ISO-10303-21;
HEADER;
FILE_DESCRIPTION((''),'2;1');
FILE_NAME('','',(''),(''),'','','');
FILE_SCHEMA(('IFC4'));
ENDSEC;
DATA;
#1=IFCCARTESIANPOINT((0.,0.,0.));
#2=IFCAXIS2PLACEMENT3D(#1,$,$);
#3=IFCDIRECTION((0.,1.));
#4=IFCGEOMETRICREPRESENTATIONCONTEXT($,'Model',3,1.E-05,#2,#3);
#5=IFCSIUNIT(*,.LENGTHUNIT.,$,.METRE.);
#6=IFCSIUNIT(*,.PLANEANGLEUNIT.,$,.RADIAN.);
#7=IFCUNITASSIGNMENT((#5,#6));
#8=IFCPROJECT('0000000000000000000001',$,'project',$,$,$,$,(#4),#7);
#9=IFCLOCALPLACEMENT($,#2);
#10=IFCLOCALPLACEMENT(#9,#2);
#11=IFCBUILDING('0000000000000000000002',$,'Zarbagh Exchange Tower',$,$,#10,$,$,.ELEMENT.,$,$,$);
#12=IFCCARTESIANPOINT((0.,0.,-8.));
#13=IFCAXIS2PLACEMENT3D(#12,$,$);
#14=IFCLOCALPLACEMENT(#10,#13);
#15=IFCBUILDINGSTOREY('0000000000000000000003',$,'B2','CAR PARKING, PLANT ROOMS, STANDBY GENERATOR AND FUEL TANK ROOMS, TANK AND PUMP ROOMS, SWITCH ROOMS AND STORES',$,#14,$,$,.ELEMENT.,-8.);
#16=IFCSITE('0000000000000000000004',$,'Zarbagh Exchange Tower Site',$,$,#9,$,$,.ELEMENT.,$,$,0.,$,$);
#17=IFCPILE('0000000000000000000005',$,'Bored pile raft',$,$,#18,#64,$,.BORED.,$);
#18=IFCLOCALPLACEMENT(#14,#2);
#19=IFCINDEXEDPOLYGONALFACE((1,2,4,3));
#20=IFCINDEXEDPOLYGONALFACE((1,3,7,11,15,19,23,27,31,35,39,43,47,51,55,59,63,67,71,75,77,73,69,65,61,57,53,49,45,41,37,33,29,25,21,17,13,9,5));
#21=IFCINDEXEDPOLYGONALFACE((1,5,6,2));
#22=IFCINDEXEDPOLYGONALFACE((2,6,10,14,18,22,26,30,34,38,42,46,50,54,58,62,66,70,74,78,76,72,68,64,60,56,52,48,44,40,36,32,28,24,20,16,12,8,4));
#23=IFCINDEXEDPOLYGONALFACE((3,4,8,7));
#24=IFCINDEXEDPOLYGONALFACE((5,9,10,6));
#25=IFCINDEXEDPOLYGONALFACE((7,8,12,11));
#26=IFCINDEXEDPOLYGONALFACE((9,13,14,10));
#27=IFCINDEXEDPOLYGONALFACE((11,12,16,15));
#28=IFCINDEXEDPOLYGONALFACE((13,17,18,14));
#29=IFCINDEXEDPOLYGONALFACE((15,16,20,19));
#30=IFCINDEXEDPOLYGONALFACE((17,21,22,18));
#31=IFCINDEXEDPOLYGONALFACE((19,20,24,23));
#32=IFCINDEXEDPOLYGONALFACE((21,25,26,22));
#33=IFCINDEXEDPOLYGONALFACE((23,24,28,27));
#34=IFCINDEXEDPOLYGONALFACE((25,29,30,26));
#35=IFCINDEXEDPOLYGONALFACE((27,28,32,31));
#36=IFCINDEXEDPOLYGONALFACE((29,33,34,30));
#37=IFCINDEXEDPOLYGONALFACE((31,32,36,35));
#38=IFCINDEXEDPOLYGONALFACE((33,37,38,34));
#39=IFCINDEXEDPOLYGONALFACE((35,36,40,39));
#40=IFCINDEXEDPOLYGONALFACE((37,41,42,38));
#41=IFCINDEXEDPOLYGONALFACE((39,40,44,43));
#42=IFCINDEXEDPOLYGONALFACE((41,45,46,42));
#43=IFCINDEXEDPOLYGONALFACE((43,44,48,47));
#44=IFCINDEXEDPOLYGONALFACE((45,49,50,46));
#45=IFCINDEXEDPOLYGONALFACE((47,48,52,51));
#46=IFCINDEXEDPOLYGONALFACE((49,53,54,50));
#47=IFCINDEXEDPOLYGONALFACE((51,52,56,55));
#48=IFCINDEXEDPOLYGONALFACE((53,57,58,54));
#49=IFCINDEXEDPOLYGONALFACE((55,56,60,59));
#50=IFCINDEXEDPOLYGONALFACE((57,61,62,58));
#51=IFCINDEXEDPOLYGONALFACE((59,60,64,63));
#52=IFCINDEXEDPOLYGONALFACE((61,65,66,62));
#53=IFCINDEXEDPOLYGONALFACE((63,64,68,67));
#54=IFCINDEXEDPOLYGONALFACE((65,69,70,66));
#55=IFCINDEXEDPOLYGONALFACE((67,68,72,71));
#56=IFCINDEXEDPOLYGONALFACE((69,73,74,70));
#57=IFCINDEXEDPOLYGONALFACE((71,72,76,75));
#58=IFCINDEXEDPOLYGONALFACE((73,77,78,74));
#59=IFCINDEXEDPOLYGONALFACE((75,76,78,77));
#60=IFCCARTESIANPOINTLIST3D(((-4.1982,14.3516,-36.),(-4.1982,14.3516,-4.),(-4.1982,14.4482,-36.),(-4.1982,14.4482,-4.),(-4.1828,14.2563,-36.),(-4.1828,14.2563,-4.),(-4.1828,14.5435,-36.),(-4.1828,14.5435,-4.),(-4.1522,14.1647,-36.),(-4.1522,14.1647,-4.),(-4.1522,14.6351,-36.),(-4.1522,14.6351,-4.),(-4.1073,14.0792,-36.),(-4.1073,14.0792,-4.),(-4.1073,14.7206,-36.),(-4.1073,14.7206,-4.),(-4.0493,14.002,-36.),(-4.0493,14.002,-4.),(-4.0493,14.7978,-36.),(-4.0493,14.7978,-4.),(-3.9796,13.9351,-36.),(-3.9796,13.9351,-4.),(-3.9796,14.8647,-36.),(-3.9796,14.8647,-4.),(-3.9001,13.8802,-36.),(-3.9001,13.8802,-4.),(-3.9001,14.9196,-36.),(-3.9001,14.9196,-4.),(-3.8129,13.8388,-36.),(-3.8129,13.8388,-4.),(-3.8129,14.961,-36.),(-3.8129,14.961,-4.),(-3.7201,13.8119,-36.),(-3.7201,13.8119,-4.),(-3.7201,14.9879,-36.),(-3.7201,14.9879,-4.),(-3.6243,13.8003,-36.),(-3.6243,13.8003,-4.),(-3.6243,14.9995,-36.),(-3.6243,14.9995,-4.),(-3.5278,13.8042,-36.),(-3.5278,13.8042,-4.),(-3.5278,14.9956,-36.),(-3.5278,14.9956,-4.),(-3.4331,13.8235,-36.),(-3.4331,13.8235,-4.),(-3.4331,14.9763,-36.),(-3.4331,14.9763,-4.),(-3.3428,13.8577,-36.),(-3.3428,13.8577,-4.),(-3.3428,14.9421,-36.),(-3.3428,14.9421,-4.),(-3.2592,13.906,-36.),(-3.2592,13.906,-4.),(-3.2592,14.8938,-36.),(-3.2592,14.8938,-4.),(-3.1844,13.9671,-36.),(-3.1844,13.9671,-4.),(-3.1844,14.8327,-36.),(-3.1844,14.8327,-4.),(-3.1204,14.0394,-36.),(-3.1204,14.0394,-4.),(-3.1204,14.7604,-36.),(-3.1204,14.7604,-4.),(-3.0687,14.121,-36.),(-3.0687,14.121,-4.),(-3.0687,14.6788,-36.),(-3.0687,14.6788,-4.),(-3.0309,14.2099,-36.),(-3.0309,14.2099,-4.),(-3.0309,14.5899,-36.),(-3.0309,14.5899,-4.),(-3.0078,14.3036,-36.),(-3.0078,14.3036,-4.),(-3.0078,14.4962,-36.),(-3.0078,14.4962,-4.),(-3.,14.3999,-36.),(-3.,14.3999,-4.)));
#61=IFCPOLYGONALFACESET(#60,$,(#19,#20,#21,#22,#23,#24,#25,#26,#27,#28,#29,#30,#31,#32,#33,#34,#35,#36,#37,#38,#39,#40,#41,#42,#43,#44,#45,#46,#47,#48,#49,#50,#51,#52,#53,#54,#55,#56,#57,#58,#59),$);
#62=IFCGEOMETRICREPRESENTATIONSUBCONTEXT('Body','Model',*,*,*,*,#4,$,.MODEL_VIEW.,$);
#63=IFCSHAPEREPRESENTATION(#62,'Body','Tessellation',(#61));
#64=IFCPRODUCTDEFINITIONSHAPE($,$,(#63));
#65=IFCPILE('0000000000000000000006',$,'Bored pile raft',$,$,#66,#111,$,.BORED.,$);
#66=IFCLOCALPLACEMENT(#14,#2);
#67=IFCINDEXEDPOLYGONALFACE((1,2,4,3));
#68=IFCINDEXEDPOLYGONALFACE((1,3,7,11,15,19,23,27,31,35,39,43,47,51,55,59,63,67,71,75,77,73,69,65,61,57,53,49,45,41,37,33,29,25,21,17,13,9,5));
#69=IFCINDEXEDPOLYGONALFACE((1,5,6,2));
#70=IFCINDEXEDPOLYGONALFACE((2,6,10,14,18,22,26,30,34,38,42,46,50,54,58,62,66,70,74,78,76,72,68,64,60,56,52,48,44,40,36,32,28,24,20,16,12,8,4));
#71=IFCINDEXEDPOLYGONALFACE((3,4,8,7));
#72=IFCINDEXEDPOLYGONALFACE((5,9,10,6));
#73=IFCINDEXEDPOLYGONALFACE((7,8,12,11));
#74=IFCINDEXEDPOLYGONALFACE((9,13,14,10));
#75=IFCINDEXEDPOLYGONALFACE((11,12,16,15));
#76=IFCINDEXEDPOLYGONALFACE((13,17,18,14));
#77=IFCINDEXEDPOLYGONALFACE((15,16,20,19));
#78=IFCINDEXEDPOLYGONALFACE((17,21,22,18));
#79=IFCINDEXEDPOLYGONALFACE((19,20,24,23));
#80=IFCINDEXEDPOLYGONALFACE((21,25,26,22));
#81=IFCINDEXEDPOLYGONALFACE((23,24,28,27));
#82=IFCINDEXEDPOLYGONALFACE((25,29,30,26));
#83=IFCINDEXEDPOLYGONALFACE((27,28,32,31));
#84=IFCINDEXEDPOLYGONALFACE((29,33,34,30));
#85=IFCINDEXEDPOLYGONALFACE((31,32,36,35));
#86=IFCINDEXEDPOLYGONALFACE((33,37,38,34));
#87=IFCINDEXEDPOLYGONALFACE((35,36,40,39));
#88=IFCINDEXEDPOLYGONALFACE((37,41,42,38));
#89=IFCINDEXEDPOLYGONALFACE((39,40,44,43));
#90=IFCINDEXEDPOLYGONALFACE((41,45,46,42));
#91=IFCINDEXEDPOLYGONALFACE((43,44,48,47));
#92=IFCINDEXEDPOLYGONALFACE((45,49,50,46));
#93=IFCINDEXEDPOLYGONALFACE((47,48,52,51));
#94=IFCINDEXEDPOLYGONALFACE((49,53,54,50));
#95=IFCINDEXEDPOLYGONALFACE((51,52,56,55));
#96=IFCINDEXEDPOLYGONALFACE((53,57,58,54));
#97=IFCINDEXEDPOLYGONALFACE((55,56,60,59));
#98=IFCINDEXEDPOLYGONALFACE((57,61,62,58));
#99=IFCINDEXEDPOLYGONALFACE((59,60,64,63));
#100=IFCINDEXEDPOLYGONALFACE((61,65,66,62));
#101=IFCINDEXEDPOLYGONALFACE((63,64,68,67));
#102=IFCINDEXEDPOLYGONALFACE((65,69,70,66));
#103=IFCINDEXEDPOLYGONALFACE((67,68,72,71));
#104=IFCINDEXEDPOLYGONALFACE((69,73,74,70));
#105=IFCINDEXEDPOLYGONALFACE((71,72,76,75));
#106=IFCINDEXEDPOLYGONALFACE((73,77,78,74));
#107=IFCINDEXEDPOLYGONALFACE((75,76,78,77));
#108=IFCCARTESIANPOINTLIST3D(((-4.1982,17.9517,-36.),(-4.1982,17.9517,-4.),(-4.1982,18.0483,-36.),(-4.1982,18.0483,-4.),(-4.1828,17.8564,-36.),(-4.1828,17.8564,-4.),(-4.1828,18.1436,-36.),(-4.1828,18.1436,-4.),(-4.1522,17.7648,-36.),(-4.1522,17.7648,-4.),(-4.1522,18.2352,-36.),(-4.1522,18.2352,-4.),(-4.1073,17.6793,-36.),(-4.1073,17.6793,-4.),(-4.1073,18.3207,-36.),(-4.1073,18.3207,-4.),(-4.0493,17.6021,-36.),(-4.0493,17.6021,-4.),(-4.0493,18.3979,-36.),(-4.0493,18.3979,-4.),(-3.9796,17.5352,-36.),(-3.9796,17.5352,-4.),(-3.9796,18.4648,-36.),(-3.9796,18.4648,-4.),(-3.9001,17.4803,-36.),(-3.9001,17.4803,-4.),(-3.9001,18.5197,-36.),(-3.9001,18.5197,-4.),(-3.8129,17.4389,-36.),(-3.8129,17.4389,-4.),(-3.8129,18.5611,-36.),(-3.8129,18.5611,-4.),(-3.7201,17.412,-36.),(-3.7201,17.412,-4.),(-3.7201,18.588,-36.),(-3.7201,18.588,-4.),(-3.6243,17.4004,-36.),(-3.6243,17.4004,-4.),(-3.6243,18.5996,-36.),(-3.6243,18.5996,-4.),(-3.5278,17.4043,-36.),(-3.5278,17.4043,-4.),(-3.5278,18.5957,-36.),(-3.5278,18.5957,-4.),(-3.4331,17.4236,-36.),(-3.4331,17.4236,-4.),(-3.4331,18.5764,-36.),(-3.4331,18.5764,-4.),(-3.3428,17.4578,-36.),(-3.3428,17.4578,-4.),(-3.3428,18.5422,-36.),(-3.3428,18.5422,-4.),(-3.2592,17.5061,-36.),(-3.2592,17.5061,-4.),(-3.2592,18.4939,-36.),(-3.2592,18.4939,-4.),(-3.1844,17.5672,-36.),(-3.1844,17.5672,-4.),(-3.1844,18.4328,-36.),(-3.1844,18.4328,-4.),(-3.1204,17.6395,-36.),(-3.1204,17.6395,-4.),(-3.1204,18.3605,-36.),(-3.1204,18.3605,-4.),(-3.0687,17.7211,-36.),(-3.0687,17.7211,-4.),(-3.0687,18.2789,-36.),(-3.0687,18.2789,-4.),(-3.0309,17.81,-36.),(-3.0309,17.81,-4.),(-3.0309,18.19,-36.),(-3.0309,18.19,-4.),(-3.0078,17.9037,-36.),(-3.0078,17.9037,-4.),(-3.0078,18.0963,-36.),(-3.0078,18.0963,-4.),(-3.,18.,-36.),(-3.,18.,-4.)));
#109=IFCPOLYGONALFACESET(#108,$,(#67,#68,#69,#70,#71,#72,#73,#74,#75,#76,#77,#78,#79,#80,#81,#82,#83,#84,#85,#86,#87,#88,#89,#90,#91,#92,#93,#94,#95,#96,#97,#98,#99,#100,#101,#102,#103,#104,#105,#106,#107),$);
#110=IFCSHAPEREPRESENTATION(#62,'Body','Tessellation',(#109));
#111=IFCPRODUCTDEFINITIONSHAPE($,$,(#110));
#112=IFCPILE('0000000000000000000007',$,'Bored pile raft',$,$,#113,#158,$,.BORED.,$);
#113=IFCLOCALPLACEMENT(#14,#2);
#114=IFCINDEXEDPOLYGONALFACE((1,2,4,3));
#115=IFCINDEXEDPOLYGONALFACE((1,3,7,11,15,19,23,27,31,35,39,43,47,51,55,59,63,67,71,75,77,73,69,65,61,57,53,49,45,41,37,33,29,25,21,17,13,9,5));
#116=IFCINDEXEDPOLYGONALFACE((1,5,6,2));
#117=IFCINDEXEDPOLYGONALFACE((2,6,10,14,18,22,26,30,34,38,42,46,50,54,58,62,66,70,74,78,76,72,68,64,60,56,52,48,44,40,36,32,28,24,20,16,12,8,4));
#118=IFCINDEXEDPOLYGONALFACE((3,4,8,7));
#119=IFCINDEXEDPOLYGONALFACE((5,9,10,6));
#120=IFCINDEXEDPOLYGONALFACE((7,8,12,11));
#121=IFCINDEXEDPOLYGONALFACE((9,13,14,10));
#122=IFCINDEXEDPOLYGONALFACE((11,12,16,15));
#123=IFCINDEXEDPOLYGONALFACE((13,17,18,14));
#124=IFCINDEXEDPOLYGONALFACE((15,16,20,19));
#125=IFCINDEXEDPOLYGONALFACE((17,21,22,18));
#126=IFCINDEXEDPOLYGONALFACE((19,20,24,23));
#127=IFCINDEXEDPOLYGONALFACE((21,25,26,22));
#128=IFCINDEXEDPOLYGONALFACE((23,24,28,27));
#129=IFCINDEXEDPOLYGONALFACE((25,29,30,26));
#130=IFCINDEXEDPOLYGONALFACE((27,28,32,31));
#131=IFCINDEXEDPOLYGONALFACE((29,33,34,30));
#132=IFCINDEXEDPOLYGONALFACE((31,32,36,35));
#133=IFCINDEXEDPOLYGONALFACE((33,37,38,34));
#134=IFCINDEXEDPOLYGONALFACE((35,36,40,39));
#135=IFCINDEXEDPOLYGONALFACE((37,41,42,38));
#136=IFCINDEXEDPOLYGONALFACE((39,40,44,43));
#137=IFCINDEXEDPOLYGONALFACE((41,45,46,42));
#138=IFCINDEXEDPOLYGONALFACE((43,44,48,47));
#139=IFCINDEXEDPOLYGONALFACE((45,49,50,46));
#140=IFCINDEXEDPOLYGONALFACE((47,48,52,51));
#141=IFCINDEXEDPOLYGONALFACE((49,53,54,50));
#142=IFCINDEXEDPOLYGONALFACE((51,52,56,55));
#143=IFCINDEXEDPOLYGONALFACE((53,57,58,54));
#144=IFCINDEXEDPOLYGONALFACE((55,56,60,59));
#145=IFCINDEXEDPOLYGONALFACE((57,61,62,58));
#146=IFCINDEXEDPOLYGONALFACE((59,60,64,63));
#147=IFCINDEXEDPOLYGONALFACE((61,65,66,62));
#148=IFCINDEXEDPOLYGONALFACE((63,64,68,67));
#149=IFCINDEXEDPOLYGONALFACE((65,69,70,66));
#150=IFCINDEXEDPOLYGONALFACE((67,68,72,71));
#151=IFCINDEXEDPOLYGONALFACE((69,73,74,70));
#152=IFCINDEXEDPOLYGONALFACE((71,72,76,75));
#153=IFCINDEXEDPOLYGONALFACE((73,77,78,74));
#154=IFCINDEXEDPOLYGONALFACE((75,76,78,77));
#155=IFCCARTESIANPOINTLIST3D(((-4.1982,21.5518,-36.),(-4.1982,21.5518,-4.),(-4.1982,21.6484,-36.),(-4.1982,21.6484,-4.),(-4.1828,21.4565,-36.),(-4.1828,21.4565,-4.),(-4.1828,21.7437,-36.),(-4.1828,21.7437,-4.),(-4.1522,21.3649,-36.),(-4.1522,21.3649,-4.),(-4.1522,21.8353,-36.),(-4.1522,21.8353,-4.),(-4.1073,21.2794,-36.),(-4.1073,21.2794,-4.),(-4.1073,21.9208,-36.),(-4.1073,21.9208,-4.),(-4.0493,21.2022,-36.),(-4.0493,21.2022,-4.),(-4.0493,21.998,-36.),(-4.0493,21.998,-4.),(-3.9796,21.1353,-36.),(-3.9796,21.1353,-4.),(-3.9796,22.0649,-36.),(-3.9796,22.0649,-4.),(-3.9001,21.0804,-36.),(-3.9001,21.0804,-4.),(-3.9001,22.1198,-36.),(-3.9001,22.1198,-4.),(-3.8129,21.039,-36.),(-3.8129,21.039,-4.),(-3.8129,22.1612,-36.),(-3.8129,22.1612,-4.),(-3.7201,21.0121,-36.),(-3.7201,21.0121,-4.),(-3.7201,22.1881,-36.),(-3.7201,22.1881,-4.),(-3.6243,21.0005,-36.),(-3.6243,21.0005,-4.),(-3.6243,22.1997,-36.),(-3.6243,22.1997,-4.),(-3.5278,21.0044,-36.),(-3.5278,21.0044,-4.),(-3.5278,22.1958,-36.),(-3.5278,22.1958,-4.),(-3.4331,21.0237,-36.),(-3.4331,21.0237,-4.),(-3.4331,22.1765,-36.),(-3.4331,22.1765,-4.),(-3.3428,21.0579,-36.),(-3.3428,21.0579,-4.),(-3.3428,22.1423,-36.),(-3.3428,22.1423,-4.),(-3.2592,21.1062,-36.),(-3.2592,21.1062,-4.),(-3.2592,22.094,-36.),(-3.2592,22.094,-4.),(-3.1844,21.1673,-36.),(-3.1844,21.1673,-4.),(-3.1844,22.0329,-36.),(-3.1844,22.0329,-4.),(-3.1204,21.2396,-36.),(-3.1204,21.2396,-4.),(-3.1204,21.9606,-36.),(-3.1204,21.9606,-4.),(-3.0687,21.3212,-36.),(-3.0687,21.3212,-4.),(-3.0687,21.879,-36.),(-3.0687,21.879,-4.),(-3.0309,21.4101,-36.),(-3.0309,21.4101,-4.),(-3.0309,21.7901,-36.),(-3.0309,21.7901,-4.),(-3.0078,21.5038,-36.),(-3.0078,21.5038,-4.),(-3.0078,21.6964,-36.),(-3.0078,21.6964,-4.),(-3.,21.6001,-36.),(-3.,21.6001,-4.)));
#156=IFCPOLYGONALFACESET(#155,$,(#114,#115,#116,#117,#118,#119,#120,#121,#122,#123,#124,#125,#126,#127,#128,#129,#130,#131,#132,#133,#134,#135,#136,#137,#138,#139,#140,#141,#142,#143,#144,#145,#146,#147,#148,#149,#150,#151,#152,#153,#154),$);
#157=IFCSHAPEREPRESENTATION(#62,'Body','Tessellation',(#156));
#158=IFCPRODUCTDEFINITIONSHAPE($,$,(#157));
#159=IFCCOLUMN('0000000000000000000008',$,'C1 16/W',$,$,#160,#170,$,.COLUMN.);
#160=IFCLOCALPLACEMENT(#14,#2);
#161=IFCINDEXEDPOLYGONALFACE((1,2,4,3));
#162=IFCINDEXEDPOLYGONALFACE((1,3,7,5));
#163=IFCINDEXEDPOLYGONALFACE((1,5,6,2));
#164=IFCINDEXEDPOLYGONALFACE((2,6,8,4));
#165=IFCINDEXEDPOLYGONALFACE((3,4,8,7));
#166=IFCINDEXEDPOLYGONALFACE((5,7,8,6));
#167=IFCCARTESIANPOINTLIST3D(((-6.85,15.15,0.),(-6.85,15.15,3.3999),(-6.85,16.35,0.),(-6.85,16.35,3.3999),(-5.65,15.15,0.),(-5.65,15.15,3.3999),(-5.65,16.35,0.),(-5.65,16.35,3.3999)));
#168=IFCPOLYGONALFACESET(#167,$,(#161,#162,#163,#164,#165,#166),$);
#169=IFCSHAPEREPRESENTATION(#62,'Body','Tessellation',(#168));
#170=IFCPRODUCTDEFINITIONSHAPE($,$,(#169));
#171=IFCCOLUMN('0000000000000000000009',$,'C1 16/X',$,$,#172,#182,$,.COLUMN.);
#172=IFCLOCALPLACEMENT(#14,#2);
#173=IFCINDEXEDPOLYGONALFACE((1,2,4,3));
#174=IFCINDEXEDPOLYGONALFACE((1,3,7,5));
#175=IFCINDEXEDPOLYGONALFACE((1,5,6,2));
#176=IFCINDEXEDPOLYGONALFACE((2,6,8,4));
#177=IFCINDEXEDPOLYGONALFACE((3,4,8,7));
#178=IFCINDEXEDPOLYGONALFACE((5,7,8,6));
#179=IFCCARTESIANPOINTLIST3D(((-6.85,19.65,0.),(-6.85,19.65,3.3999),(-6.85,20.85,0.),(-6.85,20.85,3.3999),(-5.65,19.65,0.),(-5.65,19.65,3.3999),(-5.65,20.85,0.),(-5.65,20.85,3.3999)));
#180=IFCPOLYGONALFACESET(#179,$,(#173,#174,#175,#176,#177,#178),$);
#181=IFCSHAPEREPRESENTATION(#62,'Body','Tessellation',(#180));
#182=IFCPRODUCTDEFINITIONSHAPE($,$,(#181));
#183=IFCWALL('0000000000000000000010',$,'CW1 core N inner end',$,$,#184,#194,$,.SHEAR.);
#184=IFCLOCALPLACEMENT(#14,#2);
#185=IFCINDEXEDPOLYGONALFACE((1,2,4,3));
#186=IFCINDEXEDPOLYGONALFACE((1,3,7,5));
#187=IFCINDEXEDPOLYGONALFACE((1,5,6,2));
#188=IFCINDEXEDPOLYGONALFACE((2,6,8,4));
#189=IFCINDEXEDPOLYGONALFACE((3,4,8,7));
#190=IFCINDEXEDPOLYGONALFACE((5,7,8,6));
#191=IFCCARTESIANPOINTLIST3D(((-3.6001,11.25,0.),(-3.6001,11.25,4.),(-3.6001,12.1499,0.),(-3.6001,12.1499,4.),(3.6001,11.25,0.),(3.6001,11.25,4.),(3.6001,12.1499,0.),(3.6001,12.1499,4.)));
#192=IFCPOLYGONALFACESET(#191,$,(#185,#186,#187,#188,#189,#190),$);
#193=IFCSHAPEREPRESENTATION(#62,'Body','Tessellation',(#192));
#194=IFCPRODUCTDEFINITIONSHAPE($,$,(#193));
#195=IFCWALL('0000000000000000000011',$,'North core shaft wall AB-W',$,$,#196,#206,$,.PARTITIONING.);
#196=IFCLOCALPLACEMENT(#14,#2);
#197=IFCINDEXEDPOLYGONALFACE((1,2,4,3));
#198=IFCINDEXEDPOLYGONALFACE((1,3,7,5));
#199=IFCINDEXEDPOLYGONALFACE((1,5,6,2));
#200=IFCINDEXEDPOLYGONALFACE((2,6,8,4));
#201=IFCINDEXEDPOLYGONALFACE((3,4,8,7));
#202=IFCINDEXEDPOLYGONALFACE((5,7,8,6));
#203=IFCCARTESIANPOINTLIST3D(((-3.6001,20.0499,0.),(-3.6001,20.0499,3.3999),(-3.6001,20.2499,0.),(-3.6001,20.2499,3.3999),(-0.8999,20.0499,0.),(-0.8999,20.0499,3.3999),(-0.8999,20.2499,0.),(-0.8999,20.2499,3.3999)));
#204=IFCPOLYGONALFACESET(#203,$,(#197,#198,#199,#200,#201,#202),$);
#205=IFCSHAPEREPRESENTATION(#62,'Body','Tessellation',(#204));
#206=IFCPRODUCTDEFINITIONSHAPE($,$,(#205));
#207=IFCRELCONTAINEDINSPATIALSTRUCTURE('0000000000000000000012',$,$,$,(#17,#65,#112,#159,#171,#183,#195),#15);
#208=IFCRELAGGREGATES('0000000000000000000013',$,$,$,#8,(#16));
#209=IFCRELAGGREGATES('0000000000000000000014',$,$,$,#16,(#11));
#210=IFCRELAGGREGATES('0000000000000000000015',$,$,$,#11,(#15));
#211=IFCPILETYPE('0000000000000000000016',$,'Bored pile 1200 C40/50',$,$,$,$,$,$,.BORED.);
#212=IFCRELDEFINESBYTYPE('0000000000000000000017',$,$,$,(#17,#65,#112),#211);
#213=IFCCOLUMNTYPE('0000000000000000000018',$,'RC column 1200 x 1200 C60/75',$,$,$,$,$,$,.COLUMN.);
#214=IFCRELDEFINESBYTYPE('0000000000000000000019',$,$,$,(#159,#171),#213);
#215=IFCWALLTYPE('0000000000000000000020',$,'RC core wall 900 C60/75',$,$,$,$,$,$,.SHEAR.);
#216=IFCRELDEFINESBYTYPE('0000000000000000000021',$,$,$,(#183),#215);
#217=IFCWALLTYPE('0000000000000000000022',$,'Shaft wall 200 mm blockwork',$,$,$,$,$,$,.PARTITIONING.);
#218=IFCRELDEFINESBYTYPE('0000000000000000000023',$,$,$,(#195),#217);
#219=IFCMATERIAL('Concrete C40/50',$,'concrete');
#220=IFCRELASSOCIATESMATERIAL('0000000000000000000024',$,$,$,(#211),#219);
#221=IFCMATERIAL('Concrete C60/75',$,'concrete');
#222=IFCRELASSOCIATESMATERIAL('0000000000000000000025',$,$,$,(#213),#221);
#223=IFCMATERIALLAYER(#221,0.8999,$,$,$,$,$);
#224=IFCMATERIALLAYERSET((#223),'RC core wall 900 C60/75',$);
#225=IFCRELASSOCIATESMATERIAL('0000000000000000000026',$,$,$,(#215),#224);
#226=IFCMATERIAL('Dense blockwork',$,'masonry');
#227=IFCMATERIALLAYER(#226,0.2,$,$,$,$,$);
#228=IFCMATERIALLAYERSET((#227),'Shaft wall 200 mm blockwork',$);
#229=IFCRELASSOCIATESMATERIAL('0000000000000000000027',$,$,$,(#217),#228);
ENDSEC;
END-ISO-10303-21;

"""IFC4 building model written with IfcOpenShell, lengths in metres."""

from ifc_helpers import new_model, si_unit, direction, frame, frame_2d, origin, origin_2d, place, context, subcontext, project, spatial, rectangle, circle, extrude, material, layer, layer_set, material_profile, profile_set, type_object, element, save


model = new_model("IFC4")

# Units and contexts
model_context = context("Model", 3, precision=1e-05, world=origin(), true_north=direction((0.0, 1.0)))
body_context = subcontext(model_context, "Body", "Model", "MODEL_VIEW")
ifc_project = project(units=[si_unit("LENGTHUNIT", "METRE"), si_unit("PLANEANGLEUNIT", "RADIAN")], contexts=[model_context])

# Site, building, storey
site_placement = place(None, origin())
site = spatial("IfcSite", under=ifc_project, at=site_placement, Name="Zarbagh Exchange Tower Site", CompositionType="ELEMENT", RefElevation=0.0)
building_placement = place(site_placement, origin())
building = spatial("IfcBuilding", under=site, at=building_placement, Name="Zarbagh Exchange Tower", CompositionType="ELEMENT")
storey_placement = place(building_placement, frame((0.0, 0.0, -8.0)))
storey = spatial("IfcBuildingStorey", under=building, at=storey_placement, Name="B2", Description="CAR PARKING, PLANT ROOMS, STANDBY GENERATOR AND FUEL TANK ROOMS, TANK AND PUMP ROOMS, SWITCH ROOMS AND STORES", CompositionType="ELEMENT", Elevation=-8.0)

# Piles
ifc_material_1 = material(Name="Concrete C40/50", Category="concrete")
ifc_material_profile_1 = material_profile(ifc_material_1, circle(Radius=0.6001, at=origin_2d()), Name="Bored pile 1200 C40/50")
ifc_profile_set_1 = profile_set([ifc_material_profile_1], Name="Concrete C40/50")
pile_type = type_object("IfcPileType", Name="Bored pile 1200 C40/50", PredefinedType="BORED", material=ifc_profile_set_1)
for number, where, z_axis, x_axis, name in (
    (1, (-3.6001, 14.3999, -4.0), (0.0, 0.0, -1.0), (1.0, 0.0, 0.0), "Bored pile raft"),
    (2, (-3.6001, 18.0, -4.0), (0.0, 0.0, -1.0), (1.0, 0.0, 0.0), "Bored pile raft"),
    (3, (-3.6001, 21.6001, -4.0), (0.0, 0.0, -1.0), (1.0, 0.0, 0.0), "Bored pile raft"),
):
    element("IfcPile", number, at=place(storey_placement, frame(where, z_axis=z_axis, x_axis=x_axis)), inside=storey, type_object=pile_type, Name=name, PredefinedType="BORED", context=body_context, shape_type="SweptSolid", body=[
        extrude(circle(Radius=0.6001, at=origin_2d()), origin(), (0.0, 0.0, 1.0), 32.0),
    ])

# Columns
ifc_material_2 = material(Name="Concrete C60/75", Category="concrete")
ifc_material_profile_2 = material_profile(ifc_material_2, rectangle(XDim=1.2, YDim=1.2, at=origin_2d()), Name="RC column 1200 x 1200 C60/75")
ifc_profile_set_2 = profile_set([ifc_material_profile_2], Name="Concrete C60/75")
column_type = type_object("IfcColumnType", Name="RC column 1200 x 1200 C60/75", PredefinedType="COLUMN", material=ifc_profile_set_2)
for number, where, z_axis, x_axis, name in (
    (4, (-6.25, 15.75, 0.0), (0.0, 0.0, 1.0), (1.0, 0.0, 0.0), "C1 16/W"),
    (5, (-6.25, 20.25, 0.0), (0.0, 0.0, 1.0), (1.0, 0.0, 0.0), "C1 16/X"),
):
    element("IfcColumn", number, at=place(storey_placement, frame(where, z_axis=z_axis, x_axis=x_axis)), inside=storey, type_object=column_type, Name=name, PredefinedType="COLUMN", context=body_context, shape_type="SweptSolid", body=[
        extrude(rectangle(XDim=1.2, YDim=1.2, at=origin_2d()), origin(), (0.0, 0.0, 1.0), 3.3999),
    ])

# Walls
ifc_layer_1 = layer(ifc_material_2, 0.8999)
ifc_layer_set_1 = layer_set([ifc_layer_1], Name="RC core wall 900 C60/75")
wall_type_1 = type_object("IfcWallType", Name="RC core wall 900 C60/75", PredefinedType="SHEAR", material=ifc_layer_set_1)
wall_1_placement = place(storey_placement, frame((-3.6001, 11.7, 0.0), z_axis=(0.0, 0.0, 1.0), x_axis=(1.0, 0.0, 0.0)))
element("IfcWall", 6, at=wall_1_placement, inside=storey, type_object=wall_type_1, Name="CW1 core N inner end", PredefinedType="SHEAR", context=body_context, shape_type="SweptSolid", body=[
    extrude(rectangle(XDim=7.2002, YDim=0.8999, at=frame_2d((3.6001, 0.0))), origin(), (0.0, 0.0, 1.0), 4.0),
])
ifc_material_3 = material(Name="Dense blockwork", Category="masonry")
ifc_layer_2 = layer(ifc_material_3, 0.2)
ifc_layer_set_2 = layer_set([ifc_layer_2], Name="Shaft wall 200 mm blockwork")
wall_type_2 = type_object("IfcWallType", Name="Shaft wall 200 mm blockwork", PredefinedType="PARTITIONING", material=ifc_layer_set_2)
wall_2_placement = place(storey_placement, frame((-3.6001, 20.1499, 0.0), z_axis=(0.0, 0.0, 1.0), x_axis=(1.0, 0.0, 0.0)))
element("IfcWall", 7, at=wall_2_placement, inside=storey, type_object=wall_type_2, Name="North core shaft wall AB-W", PredefinedType="PARTITIONING", context=body_context, shape_type="SweptSolid", body=[
    extrude(rectangle(XDim=2.7002, YDim=0.2, at=frame_2d((1.3501, 0.0))), origin(), (0.0, 0.0, 1.0), 3.3999),
])

save(model, "model.ifc")
